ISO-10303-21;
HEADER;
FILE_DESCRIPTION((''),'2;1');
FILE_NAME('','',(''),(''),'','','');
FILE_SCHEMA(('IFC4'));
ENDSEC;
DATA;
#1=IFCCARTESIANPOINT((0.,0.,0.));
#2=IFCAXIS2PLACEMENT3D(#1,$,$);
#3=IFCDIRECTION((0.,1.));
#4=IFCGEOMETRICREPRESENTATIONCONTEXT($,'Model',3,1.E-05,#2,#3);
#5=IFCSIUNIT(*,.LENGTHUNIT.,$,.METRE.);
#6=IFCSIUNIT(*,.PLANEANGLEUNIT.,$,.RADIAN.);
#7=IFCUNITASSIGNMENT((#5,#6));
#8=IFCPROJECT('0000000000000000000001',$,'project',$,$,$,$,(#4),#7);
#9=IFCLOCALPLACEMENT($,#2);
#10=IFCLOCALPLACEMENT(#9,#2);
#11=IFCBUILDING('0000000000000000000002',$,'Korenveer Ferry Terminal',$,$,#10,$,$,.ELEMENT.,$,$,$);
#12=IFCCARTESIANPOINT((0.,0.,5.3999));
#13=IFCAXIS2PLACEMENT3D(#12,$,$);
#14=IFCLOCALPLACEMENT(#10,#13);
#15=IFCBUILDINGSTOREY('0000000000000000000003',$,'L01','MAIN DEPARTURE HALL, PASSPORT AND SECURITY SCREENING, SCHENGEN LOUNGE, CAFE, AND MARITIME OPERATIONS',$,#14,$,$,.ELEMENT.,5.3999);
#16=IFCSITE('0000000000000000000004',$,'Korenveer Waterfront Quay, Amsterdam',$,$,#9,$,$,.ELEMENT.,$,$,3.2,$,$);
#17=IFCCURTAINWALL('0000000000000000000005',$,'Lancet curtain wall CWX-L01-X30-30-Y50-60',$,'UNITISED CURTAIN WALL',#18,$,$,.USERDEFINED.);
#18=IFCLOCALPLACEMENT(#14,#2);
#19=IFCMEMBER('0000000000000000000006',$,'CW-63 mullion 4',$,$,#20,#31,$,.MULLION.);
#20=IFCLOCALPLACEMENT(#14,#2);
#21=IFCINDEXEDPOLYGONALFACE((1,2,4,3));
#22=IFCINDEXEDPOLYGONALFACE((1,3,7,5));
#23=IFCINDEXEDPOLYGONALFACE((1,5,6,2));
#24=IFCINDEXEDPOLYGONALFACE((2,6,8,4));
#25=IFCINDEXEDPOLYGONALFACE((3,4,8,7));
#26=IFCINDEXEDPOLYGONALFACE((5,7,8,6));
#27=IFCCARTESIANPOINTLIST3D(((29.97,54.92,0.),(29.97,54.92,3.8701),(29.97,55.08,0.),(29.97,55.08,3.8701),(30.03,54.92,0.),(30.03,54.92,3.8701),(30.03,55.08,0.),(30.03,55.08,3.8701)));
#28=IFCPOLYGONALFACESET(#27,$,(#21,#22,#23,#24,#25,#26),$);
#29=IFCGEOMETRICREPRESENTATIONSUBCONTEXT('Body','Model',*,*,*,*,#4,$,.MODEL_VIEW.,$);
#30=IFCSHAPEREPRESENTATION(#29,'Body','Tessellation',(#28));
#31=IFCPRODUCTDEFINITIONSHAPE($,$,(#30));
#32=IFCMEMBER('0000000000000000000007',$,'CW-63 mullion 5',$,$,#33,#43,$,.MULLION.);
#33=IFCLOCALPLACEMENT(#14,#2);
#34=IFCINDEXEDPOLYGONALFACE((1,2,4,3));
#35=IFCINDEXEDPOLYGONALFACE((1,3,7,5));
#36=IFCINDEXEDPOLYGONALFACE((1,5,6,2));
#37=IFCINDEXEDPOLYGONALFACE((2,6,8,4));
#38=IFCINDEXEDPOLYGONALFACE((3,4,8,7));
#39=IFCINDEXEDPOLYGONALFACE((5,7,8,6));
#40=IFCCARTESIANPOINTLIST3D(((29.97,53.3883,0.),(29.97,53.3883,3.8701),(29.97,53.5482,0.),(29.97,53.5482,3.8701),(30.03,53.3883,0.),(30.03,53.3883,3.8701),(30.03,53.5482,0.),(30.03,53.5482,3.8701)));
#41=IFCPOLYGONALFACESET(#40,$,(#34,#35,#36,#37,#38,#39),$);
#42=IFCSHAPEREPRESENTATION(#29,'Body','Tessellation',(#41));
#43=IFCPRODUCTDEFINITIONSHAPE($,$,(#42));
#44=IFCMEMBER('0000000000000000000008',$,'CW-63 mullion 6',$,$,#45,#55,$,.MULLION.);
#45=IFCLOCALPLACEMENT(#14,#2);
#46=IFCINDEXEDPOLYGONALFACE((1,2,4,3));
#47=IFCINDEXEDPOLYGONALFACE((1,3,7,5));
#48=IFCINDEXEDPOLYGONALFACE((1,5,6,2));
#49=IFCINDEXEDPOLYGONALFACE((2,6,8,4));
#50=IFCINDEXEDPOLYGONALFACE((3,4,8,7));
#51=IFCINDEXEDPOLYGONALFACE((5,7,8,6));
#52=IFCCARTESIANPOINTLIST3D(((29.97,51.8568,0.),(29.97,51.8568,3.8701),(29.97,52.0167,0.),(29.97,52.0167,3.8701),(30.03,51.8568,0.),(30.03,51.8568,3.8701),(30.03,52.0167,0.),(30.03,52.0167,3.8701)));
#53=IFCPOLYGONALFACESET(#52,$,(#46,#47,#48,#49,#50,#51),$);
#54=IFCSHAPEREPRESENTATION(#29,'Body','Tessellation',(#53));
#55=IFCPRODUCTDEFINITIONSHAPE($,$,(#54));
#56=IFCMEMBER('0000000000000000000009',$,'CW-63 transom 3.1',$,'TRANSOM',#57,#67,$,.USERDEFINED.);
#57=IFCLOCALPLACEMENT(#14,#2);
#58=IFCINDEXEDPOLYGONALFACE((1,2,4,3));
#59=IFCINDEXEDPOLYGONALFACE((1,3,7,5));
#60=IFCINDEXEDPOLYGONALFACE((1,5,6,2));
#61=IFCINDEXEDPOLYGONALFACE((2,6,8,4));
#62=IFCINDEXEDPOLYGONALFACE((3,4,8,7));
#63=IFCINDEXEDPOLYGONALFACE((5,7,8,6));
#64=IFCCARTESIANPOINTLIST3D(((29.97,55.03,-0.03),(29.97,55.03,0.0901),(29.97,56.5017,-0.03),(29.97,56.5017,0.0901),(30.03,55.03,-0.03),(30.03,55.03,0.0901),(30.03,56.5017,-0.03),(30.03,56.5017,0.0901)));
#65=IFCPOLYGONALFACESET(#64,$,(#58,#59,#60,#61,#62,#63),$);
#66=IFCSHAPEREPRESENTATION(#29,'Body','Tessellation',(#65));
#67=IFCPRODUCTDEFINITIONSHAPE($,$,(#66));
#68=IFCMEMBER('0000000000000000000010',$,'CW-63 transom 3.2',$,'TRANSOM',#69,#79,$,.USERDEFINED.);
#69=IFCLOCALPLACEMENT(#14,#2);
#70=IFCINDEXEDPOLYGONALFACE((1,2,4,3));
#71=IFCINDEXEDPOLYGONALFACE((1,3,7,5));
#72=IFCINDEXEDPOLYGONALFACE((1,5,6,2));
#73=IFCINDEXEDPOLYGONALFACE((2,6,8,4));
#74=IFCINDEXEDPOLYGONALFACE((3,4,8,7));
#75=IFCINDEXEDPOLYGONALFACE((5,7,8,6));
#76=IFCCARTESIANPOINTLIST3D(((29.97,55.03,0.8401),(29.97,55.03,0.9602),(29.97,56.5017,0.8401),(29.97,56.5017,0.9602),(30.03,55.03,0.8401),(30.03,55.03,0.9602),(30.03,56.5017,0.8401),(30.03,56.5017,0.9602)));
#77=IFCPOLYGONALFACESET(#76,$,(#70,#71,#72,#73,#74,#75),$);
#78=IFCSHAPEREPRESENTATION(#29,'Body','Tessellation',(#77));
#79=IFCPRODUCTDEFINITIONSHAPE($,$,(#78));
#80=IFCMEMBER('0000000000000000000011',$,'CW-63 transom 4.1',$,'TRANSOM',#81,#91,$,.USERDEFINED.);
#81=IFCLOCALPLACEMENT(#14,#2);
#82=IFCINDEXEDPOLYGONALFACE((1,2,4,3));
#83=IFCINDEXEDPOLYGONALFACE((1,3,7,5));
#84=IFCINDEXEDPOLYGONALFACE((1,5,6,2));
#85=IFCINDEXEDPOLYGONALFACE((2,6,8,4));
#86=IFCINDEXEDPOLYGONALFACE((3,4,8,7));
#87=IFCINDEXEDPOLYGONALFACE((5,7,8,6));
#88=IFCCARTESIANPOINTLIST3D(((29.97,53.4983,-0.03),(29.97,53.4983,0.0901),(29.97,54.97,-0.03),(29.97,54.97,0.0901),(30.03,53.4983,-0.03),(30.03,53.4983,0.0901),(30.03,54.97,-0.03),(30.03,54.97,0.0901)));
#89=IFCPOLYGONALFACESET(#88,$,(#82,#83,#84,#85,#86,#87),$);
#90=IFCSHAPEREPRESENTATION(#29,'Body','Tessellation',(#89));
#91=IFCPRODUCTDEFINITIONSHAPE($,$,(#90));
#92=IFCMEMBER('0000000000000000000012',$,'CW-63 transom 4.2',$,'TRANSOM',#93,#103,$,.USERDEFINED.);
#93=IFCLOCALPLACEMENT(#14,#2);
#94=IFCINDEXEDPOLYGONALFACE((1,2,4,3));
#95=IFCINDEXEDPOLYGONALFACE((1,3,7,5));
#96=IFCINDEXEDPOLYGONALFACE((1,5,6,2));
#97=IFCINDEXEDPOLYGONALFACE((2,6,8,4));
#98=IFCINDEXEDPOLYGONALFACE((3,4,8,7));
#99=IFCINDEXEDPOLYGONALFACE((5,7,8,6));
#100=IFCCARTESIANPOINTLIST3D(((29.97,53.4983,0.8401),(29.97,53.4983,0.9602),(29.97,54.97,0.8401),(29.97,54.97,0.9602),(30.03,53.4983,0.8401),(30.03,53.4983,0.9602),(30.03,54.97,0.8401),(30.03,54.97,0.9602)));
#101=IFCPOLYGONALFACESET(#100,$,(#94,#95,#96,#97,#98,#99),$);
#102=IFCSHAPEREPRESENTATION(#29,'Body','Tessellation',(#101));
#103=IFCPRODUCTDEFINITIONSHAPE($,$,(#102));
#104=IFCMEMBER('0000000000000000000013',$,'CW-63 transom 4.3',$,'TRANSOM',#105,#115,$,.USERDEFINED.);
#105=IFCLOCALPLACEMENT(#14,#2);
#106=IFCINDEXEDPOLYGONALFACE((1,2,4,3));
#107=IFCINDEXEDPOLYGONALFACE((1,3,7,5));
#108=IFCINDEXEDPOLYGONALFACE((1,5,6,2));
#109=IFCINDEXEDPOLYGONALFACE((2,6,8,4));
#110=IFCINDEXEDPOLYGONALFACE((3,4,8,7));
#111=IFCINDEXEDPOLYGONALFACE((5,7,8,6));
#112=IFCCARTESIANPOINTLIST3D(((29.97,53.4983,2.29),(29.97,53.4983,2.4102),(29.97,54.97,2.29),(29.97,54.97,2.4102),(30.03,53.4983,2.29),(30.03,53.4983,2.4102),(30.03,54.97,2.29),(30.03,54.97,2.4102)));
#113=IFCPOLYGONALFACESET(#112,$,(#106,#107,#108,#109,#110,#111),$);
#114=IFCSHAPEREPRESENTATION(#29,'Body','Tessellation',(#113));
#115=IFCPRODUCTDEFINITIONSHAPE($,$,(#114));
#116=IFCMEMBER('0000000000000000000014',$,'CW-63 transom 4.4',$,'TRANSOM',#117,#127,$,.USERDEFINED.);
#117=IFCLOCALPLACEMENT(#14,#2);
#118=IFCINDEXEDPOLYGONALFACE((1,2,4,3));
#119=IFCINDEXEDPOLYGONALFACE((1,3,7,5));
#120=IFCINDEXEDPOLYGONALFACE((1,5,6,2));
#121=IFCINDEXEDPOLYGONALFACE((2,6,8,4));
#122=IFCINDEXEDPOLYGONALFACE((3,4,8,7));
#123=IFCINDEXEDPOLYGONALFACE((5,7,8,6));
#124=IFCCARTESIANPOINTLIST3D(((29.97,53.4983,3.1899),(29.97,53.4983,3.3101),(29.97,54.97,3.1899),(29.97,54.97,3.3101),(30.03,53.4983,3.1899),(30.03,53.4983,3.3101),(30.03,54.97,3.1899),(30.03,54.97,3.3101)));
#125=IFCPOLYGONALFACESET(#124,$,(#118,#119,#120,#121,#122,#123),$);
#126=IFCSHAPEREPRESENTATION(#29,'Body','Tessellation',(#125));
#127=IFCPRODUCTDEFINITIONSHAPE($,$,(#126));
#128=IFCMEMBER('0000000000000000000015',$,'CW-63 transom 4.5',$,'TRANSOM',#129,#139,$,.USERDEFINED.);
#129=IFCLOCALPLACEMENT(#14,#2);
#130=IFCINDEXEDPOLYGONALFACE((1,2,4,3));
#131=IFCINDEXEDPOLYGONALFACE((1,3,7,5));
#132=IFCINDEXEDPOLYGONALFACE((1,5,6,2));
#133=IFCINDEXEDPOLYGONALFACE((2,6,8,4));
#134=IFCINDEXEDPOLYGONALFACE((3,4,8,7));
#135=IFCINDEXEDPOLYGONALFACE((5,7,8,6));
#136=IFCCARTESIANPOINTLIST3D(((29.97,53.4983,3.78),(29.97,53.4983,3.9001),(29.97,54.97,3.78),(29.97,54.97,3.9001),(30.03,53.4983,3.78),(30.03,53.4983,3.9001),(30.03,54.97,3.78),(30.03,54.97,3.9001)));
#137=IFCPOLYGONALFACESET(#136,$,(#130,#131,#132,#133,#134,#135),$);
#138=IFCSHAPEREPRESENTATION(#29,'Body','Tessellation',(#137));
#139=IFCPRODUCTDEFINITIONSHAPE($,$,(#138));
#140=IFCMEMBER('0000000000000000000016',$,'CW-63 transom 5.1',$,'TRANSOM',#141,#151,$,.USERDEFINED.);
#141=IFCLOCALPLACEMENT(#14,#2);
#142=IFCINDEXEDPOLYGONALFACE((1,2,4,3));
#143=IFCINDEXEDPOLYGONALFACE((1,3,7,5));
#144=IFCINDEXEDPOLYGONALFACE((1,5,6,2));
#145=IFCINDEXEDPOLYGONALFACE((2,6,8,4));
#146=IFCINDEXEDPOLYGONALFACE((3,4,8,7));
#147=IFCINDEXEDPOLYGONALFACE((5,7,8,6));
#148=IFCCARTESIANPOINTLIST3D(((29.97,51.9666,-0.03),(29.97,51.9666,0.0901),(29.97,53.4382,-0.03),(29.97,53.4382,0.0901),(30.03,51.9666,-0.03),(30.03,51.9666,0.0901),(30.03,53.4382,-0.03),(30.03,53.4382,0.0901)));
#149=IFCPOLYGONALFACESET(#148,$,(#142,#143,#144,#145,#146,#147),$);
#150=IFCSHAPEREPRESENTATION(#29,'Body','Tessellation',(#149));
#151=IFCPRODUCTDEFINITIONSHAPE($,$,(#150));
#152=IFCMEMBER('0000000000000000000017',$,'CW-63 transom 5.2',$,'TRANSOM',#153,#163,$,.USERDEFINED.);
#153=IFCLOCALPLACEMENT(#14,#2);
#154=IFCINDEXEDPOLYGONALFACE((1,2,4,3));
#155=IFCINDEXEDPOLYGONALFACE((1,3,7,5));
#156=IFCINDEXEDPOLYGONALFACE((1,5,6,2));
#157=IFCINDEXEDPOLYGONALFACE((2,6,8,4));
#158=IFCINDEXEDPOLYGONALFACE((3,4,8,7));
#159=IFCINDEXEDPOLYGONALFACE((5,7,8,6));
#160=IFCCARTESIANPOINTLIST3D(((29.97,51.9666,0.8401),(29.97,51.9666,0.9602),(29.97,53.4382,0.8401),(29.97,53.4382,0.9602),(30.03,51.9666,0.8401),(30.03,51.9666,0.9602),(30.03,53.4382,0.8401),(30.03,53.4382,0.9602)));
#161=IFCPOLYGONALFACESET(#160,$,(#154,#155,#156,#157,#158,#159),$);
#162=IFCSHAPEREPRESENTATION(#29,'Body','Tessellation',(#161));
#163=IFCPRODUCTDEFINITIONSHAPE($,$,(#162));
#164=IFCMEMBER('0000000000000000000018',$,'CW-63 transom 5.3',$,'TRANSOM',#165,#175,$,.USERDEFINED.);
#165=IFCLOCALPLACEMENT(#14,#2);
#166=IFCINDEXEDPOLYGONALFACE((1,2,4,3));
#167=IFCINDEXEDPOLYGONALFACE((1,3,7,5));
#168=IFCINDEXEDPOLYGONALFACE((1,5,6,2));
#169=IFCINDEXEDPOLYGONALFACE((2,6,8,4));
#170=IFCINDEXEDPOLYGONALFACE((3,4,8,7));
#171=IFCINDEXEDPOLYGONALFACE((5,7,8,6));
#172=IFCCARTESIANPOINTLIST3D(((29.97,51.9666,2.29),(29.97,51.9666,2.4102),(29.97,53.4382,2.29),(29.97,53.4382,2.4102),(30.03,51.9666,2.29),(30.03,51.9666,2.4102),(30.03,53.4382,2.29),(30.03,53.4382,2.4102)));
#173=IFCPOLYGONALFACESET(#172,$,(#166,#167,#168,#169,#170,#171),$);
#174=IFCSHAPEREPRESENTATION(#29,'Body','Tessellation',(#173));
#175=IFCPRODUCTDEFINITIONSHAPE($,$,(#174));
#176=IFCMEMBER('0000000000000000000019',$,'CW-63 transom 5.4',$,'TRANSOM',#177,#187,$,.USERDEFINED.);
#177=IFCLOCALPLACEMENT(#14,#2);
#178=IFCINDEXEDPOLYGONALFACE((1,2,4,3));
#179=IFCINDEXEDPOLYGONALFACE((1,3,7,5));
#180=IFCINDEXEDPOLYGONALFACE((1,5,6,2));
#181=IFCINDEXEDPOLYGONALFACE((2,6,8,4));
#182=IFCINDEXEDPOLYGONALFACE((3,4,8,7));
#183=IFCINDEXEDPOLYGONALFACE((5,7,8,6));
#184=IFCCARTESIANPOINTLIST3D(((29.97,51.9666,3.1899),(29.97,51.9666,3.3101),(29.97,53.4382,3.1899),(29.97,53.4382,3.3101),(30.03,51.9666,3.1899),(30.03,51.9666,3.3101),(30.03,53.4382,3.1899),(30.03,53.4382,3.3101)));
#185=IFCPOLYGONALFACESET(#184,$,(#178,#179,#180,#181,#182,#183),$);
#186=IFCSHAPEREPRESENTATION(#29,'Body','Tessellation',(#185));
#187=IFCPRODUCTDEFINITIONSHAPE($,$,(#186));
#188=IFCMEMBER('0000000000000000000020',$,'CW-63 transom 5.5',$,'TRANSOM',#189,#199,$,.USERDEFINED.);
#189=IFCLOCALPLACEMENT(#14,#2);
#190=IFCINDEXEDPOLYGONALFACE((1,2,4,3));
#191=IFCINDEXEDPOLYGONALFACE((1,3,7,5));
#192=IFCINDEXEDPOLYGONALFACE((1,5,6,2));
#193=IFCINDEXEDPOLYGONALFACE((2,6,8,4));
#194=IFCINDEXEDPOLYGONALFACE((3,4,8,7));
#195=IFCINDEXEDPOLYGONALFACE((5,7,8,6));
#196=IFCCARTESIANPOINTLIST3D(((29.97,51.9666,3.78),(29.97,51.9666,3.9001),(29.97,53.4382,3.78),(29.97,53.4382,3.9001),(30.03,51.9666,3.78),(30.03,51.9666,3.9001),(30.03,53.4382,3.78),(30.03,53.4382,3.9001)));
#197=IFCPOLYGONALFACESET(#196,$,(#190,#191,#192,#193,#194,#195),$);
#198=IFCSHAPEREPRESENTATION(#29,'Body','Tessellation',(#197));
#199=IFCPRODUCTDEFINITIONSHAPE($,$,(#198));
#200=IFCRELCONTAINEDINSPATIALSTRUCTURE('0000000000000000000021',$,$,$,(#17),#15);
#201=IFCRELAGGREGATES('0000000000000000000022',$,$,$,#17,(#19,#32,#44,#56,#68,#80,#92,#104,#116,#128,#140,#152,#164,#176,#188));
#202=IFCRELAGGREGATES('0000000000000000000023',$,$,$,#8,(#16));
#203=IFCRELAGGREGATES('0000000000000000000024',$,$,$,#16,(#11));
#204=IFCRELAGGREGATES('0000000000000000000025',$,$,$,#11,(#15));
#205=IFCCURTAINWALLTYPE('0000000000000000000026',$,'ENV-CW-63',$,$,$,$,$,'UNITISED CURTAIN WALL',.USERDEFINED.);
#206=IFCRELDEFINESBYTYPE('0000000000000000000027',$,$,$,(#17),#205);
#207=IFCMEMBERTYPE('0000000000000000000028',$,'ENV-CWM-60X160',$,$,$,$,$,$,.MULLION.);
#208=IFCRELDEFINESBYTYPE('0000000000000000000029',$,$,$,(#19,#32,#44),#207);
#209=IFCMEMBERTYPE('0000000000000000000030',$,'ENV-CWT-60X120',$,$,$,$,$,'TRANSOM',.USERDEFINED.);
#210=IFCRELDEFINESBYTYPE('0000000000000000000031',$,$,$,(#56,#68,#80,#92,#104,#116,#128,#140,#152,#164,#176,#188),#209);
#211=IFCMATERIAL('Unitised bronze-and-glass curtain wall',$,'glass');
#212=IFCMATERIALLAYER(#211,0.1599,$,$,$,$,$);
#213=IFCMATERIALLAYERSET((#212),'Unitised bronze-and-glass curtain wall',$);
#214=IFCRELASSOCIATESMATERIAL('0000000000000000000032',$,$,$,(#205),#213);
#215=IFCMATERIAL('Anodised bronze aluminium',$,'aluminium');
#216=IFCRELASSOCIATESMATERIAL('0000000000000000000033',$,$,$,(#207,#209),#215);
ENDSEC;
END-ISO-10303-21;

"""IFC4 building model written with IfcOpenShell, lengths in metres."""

from ifc_helpers import new_model, si_unit, direction, frame, origin, origin_2d, place, context, subcontext, project, spatial, rectangle, extrude, material, layer, layer_set, material_profile, profile_set, type_object, element, aggregate, save


model = new_model("IFC4")

# Units and contexts
model_context = context("Model", 3, precision=1e-05, world=origin(), true_north=direction((0.0, 1.0)))
body_context = subcontext(model_context, "Body", "Model", "MODEL_VIEW")
ifc_project = project(units=[si_unit("LENGTHUNIT", "METRE"), si_unit("PLANEANGLEUNIT", "RADIAN")], contexts=[model_context])

# Site, building, storey
site_placement = place(None, origin())
site = spatial("IfcSite", under=ifc_project, at=site_placement, Name="Korenveer Waterfront Quay, Amsterdam", CompositionType="ELEMENT", RefElevation=3.2)
building_placement = place(site_placement, origin())
building = spatial("IfcBuilding", under=site, at=building_placement, Name="Korenveer Ferry Terminal", CompositionType="ELEMENT")
storey_placement = place(building_placement, frame((0.0, 0.0, 5.3999)))
storey = spatial("IfcBuildingStorey", under=building, at=storey_placement, Name="L01", Description="MAIN DEPARTURE HALL, PASSPORT AND SECURITY SCREENING, SCHENGEN LOUNGE, CAFE, AND MARITIME OPERATIONS", CompositionType="ELEMENT", Elevation=5.3999)

# Curtain wall, members
ifc_material_1 = material(Name="Unitised bronze-and-glass curtain wall", Category="glass")
ifc_layer_1 = layer(ifc_material_1, 0.1599)
ifc_layer_set_1 = layer_set([ifc_layer_1], Name="Unitised bronze-and-glass curtain wall")
curtain_wall_type = type_object("IfcCurtainWallType", Name="ENV-CW-63", ElementType="UNITISED CURTAIN WALL", PredefinedType="USERDEFINED", material=ifc_layer_set_1)
curtain_wall_placement = place(storey_placement, frame((30.0, 59.595, 0.0)))
curtain_wall = element("IfcCurtainWall", 1, at=curtain_wall_placement, inside=storey, type_object=curtain_wall_type, Name="Lancet curtain wall CWX-L01-X30-30-Y50-60", ObjectType="UNITISED CURTAIN WALL", PredefinedType="USERDEFINED")
ifc_material_2 = material(Name="Anodised bronze aluminium", Category="aluminium")
ifc_material_profile_1 = material_profile(ifc_material_2, rectangle(XDim=0.0601, YDim=0.1599, at=origin_2d()), Name="ALU 60x160")
ifc_profile_set_1 = profile_set([ifc_material_profile_1], Name="Anodised bronze aluminium")
member_type_1 = type_object("IfcMemberType", Name="ENV-CWM-60X160", PredefinedType="MULLION", material=ifc_profile_set_1)
member_1_placement = place(storey_placement, frame((30.0, 55.0, 0.0), z_axis=(0.0, 0.0, 1.0), x_axis=(1.0, 0.0, 0.0)))
member_1 = element("IfcMember", 2, at=member_1_placement, type_object=member_type_1, Name="CW-63 mullion 4", PredefinedType="MULLION", context=body_context, shape_type="SweptSolid", body=[
    extrude(rectangle(XDim=0.0601, YDim=0.1599, at=origin_2d()), origin(), (0.0, 0.0, 1.0), 3.8701),
])
member_2_placement = place(storey_placement, frame((30.0, 53.4683, 0.0), z_axis=(0.0, 0.0, 1.0), x_axis=(1.0, 0.0, 0.0)))
member_2 = element("IfcMember", 3, at=member_2_placement, type_object=member_type_1, Name="CW-63 mullion 5", PredefinedType="MULLION", context=body_context, shape_type="SweptSolid", body=[
    extrude(rectangle(XDim=0.0601, YDim=0.1599, at=origin_2d()), origin(), (0.0, 0.0, 1.0), 3.8701),
])
member_3_placement = place(storey_placement, frame((30.0, 51.9368, 0.0), z_axis=(0.0, 0.0, 1.0), x_axis=(1.0, 0.0, 0.0)))
member_3 = element("IfcMember", 4, at=member_3_placement, type_object=member_type_1, Name="CW-63 mullion 6", PredefinedType="MULLION", context=body_context, shape_type="SweptSolid", body=[
    extrude(rectangle(XDim=0.0601, YDim=0.1599, at=origin_2d()), origin(), (0.0, 0.0, 1.0), 3.8701),
])
ifc_material_profile_2 = material_profile(ifc_material_2, rectangle(XDim=0.0601, YDim=0.1201, at=origin_2d()), Name="ALU 60x120")
ifc_profile_set_2 = profile_set([ifc_material_profile_2], Name="Anodised bronze aluminium")
member_type_2 = type_object("IfcMemberType", Name="ENV-CWT-60X120", ElementType="TRANSOM", PredefinedType="USERDEFINED", material=ifc_profile_set_2)
member_4_placement = place(storey_placement, frame((30.0, 56.5017, 0.03), z_axis=(0.0, -1.0, 0.0), x_axis=(1.0, 0.0, 0.0)))
member_4 = element("IfcMember", 5, at=member_4_placement, type_object=member_type_2, Name="CW-63 transom 3.1", ObjectType="TRANSOM", PredefinedType="USERDEFINED", context=body_context, shape_type="SweptSolid", body=[
    extrude(rectangle(XDim=0.0601, YDim=0.1201, at=origin_2d()), origin(), (0.0, 0.0, 1.0), 1.4717),
])
member_5_placement = place(storey_placement, frame((30.0, 56.5017, 0.9001), z_axis=(0.0, -1.0, 0.0), x_axis=(1.0, 0.0, 0.0)))
member_5 = element("IfcMember", 6, at=member_5_placement, type_object=member_type_2, Name="CW-63 transom 3.2", ObjectType="TRANSOM", PredefinedType="USERDEFINED", context=body_context, shape_type="SweptSolid", body=[
    extrude(rectangle(XDim=0.0601, YDim=0.1201, at=origin_2d()), origin(), (0.0, 0.0, 1.0), 1.4717),
])
member_6_placement = place(storey_placement, frame((30.0, 54.97, 0.03), z_axis=(0.0, -1.0, 0.0), x_axis=(1.0, 0.0, 0.0)))
member_6 = element("IfcMember", 7, at=member_6_placement, type_object=member_type_2, Name="CW-63 transom 4.1", ObjectType="TRANSOM", PredefinedType="USERDEFINED", context=body_context, shape_type="SweptSolid", body=[
    extrude(rectangle(XDim=0.0601, YDim=0.1201, at=origin_2d()), origin(), (0.0, 0.0, 1.0), 1.4717),
])
member_7_placement = place(storey_placement, frame((30.0, 54.97, 0.9001), z_axis=(0.0, -1.0, 0.0), x_axis=(1.0, 0.0, 0.0)))
member_7 = element("IfcMember", 8, at=member_7_placement, type_object=member_type_2, Name="CW-63 transom 4.2", ObjectType="TRANSOM", PredefinedType="USERDEFINED", context=body_context, shape_type="SweptSolid", body=[
    extrude(rectangle(XDim=0.0601, YDim=0.1201, at=origin_2d()), origin(), (0.0, 0.0, 1.0), 1.4717),
])
member_8_placement = place(storey_placement, frame((30.0, 54.97, 2.3501), z_axis=(0.0, -1.0, 0.0), x_axis=(1.0, 0.0, 0.0)))
member_8 = element("IfcMember", 9, at=member_8_placement, type_object=member_type_2, Name="CW-63 transom 4.3", ObjectType="TRANSOM", PredefinedType="USERDEFINED", context=body_context, shape_type="SweptSolid", body=[
    extrude(rectangle(XDim=0.0601, YDim=0.1201, at=origin_2d()), origin(), (0.0, 0.0, 1.0), 1.4717),
])
member_9_placement = place(storey_placement, frame((30.0, 54.97, 3.25), z_axis=(0.0, -1.0, 0.0), x_axis=(1.0, 0.0, 0.0)))
member_9 = element("IfcMember", 10, at=member_9_placement, type_object=member_type_2, Name="CW-63 transom 4.4", ObjectType="TRANSOM", PredefinedType="USERDEFINED", context=body_context, shape_type="SweptSolid", body=[
    extrude(rectangle(XDim=0.0601, YDim=0.1201, at=origin_2d()), origin(), (0.0, 0.0, 1.0), 1.4717),
])
member_10_placement = place(storey_placement, frame((30.0, 54.97, 3.8401), z_axis=(0.0, -1.0, 0.0), x_axis=(1.0, 0.0, 0.0)))
member_10 = element("IfcMember", 11, at=member_10_placement, type_object=member_type_2, Name="CW-63 transom 4.5", ObjectType="TRANSOM", PredefinedType="USERDEFINED", context=body_context, shape_type="SweptSolid", body=[
    extrude(rectangle(XDim=0.0601, YDim=0.1201, at=origin_2d()), origin(), (0.0, 0.0, 1.0), 1.4717),
])
member_11_placement = place(storey_placement, frame((30.0, 53.4382, 0.03), z_axis=(0.0, -1.0, 0.0), x_axis=(1.0, 0.0, 0.0)))
member_11 = element("IfcMember", 12, at=member_11_placement, type_object=member_type_2, Name="CW-63 transom 5.1", ObjectType="TRANSOM", PredefinedType="USERDEFINED", context=body_context, shape_type="SweptSolid", body=[
    extrude(rectangle(XDim=0.0601, YDim=0.1201, at=origin_2d()), origin(), (0.0, 0.0, 1.0), 1.4717),
])
member_12_placement = place(storey_placement, frame((30.0, 53.4382, 0.9001), z_axis=(0.0, -1.0, 0.0), x_axis=(1.0, 0.0, 0.0)))
member_12 = element("IfcMember", 13, at=member_12_placement, type_object=member_type_2, Name="CW-63 transom 5.2", ObjectType="TRANSOM", PredefinedType="USERDEFINED", context=body_context, shape_type="SweptSolid", body=[
    extrude(rectangle(XDim=0.0601, YDim=0.1201, at=origin_2d()), origin(), (0.0, 0.0, 1.0), 1.4717),
])
member_13_placement = place(storey_placement, frame((30.0, 53.4382, 2.3501), z_axis=(0.0, -1.0, 0.0), x_axis=(1.0, 0.0, 0.0)))
member_13 = element("IfcMember", 14, at=member_13_placement, type_object=member_type_2, Name="CW-63 transom 5.3", ObjectType="TRANSOM", PredefinedType="USERDEFINED", context=body_context, shape_type="SweptSolid", body=[
    extrude(rectangle(XDim=0.0601, YDim=0.1201, at=origin_2d()), origin(), (0.0, 0.0, 1.0), 1.4717),
])
member_14_placement = place(storey_placement, frame((30.0, 53.4382, 3.25), z_axis=(0.0, -1.0, 0.0), x_axis=(1.0, 0.0, 0.0)))
member_14 = element("IfcMember", 15, at=member_14_placement, type_object=member_type_2, Name="CW-63 transom 5.4", ObjectType="TRANSOM", PredefinedType="USERDEFINED", context=body_context, shape_type="SweptSolid", body=[
    extrude(rectangle(XDim=0.0601, YDim=0.1201, at=origin_2d()), origin(), (0.0, 0.0, 1.0), 1.4717),
])
member_15_placement = place(storey_placement, frame((30.0, 53.4382, 3.8401), z_axis=(0.0, -1.0, 0.0), x_axis=(1.0, 0.0, 0.0)))
member_15 = element("IfcMember", 16, at=member_15_placement, type_object=member_type_2, Name="CW-63 transom 5.5", ObjectType="TRANSOM", PredefinedType="USERDEFINED", context=body_context, shape_type="SweptSolid", body=[
    extrude(rectangle(XDim=0.0601, YDim=0.1201, at=origin_2d()), origin(), (0.0, 0.0, 1.0), 1.4717),
])
aggregate(curtain_wall, [member_1, member_2, member_3, member_4, member_5, member_6, member_7, member_8, member_9, member_10, member_11, member_12, member_13, member_14, member_15])

save(model, "model.ifc")
